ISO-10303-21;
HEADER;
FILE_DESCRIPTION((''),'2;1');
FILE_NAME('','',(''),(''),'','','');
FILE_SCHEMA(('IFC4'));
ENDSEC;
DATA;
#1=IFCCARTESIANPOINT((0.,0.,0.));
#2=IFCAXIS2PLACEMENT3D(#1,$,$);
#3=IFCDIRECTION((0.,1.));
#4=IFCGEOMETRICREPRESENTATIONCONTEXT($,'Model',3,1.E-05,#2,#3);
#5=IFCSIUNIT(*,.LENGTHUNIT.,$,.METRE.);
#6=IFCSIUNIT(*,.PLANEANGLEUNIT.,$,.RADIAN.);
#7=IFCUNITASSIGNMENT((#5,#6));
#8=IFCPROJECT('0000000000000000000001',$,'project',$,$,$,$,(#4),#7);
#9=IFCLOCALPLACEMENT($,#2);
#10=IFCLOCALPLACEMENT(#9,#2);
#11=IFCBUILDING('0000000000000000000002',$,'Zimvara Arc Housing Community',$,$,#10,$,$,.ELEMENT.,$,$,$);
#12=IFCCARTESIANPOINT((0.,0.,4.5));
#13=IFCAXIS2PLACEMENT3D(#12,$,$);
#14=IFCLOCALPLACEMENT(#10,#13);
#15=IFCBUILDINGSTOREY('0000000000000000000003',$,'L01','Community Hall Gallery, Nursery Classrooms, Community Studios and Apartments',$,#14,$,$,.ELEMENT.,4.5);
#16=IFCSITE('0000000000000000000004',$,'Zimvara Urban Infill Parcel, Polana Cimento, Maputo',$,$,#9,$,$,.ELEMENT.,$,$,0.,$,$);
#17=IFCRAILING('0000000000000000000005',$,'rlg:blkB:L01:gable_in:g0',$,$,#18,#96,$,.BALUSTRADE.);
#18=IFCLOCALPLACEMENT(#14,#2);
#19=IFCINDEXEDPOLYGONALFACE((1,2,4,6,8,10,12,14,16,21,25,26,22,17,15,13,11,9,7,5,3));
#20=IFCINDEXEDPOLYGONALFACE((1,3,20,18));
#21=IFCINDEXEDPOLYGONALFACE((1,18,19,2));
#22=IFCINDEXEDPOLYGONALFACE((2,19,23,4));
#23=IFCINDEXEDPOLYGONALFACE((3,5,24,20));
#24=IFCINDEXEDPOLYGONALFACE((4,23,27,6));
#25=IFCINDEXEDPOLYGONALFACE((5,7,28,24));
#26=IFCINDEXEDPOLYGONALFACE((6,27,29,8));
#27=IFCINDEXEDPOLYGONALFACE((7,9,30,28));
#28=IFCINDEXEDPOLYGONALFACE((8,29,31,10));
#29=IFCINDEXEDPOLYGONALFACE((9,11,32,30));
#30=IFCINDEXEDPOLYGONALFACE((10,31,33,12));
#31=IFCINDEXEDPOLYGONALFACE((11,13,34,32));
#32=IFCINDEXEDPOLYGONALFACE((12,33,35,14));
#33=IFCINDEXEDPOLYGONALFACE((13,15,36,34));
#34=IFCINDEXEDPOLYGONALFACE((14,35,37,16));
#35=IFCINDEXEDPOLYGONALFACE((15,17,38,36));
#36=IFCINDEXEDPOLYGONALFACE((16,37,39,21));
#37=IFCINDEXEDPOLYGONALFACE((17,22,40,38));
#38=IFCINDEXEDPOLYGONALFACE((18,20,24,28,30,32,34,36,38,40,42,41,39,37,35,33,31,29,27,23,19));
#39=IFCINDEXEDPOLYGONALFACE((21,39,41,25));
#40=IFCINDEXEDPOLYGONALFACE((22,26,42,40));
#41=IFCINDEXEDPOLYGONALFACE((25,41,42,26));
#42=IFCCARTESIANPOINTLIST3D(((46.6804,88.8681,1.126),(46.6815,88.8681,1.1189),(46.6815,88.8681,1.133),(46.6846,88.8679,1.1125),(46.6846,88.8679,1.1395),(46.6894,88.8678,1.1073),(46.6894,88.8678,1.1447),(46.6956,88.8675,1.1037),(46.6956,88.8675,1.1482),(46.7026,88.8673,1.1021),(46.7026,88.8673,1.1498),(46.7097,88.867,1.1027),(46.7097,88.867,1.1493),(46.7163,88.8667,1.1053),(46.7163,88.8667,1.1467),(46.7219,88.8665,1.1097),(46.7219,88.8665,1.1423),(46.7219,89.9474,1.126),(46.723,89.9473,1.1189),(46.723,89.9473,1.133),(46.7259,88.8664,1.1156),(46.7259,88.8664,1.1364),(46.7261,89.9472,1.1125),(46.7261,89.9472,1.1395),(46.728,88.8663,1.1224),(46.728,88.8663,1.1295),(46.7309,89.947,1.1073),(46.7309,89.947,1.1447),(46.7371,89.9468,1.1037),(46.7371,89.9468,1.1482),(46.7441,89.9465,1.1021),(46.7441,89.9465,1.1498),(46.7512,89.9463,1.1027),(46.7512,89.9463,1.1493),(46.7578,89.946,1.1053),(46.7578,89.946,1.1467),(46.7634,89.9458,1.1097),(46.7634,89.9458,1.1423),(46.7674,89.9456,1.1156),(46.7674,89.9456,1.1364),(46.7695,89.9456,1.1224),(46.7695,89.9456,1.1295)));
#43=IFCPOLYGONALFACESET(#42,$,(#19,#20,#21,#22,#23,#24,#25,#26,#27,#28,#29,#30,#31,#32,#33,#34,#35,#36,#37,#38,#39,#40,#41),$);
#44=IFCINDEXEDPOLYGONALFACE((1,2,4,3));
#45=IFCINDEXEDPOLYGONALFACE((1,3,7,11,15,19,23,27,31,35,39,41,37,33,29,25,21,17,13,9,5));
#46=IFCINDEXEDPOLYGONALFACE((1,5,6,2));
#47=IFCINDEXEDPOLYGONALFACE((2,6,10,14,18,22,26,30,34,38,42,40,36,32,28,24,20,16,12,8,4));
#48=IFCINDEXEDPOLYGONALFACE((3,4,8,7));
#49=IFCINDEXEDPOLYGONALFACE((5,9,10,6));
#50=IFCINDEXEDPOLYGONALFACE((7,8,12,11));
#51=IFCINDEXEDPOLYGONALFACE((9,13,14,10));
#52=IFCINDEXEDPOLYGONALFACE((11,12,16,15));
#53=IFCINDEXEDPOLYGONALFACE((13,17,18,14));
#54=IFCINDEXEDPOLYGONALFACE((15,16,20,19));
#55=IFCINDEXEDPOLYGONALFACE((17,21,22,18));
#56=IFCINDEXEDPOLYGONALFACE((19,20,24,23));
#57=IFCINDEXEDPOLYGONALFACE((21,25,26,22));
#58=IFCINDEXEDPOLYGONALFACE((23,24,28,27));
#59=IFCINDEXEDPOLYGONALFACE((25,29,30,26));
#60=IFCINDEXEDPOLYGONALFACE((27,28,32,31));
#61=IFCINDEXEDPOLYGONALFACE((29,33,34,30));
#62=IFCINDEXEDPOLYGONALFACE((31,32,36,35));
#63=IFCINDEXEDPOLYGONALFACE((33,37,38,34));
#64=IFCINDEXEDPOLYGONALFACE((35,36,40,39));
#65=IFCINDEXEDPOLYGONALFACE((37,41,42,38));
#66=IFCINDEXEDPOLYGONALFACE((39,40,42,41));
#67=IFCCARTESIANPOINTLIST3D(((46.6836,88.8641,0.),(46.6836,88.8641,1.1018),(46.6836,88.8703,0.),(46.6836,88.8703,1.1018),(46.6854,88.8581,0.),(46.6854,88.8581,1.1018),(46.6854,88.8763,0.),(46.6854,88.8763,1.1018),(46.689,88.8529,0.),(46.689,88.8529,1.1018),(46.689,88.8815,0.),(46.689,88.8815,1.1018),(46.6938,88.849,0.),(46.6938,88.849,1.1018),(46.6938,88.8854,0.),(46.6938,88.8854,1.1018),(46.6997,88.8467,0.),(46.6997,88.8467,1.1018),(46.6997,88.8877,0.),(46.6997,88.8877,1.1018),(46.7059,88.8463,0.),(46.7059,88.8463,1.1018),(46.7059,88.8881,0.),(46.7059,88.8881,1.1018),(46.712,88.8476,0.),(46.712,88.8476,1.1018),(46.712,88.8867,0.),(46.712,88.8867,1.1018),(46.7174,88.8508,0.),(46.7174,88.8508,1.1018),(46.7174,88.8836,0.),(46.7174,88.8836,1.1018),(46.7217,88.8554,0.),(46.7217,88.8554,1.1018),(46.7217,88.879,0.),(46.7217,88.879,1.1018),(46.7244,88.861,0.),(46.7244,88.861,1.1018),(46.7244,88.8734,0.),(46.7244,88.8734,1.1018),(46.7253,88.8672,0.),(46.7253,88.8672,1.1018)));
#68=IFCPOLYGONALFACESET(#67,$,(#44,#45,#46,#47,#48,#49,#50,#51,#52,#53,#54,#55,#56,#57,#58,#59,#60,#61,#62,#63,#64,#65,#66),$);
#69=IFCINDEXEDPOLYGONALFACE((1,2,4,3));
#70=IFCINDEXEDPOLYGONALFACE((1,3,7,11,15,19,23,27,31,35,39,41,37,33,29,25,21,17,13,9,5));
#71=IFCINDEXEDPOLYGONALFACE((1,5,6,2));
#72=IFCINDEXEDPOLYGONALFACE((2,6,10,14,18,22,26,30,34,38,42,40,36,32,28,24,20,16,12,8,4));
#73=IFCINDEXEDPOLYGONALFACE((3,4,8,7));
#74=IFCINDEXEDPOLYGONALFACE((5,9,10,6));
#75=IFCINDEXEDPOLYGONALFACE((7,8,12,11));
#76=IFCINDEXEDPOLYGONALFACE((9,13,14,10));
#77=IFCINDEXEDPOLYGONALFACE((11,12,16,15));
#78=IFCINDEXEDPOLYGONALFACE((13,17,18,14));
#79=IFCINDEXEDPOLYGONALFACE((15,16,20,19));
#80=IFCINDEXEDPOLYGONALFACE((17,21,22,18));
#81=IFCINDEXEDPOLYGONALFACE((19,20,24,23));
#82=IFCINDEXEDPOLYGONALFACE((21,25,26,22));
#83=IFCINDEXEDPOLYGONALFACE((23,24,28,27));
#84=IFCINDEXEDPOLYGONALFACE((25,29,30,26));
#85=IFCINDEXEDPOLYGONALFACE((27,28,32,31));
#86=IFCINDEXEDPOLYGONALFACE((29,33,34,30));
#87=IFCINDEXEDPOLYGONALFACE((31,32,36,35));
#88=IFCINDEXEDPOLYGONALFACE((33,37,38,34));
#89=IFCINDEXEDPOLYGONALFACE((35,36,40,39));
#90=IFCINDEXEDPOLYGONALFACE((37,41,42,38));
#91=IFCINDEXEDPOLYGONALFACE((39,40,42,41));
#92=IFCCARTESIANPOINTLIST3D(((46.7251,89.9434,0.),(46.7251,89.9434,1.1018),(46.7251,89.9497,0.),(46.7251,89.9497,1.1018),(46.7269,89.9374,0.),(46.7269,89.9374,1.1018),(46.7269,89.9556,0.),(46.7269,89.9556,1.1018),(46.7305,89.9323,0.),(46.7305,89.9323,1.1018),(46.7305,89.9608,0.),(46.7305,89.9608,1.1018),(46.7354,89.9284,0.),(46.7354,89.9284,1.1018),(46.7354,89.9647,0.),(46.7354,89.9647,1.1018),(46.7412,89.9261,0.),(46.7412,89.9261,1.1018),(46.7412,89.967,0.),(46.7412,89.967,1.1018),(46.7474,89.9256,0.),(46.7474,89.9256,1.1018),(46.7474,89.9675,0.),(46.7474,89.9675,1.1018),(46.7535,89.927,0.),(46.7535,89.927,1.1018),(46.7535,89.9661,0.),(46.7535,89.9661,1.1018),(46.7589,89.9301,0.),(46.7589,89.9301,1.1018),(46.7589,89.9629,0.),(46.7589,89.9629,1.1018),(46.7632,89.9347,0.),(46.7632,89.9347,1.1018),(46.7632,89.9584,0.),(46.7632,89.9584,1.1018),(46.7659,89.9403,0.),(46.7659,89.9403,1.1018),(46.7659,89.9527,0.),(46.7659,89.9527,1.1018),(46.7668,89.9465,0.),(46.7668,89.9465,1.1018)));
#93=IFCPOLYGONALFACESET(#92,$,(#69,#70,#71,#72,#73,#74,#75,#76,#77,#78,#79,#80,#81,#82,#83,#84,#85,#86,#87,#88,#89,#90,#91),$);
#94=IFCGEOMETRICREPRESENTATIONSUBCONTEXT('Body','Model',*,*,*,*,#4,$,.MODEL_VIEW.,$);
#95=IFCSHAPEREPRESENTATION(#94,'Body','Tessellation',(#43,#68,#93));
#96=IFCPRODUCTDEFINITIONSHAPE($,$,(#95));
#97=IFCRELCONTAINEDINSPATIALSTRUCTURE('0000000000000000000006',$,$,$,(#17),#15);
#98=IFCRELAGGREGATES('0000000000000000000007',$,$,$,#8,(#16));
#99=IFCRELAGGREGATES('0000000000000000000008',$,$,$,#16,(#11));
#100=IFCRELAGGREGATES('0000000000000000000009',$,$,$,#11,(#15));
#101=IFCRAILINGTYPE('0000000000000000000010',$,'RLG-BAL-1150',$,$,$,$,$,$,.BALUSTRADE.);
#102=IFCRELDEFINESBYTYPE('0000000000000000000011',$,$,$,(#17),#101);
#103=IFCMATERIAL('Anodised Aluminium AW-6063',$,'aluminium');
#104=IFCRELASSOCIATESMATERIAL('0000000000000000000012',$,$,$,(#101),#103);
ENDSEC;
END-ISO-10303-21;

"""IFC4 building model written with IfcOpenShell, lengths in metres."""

from ifc_helpers import new_model, si_unit, direction, frame, origin, origin_2d, place, context, subcontext, project, spatial, circle, extrude, material, type_object, element, save


model = new_model("IFC4")

# Units and contexts
model_context = context("Model", 3, precision=1e-05, world=origin(), true_north=direction((0.0, 1.0)))
body_context = subcontext(model_context, "Body", "Model", "MODEL_VIEW")
ifc_project = project(units=[si_unit("LENGTHUNIT", "METRE"), si_unit("PLANEANGLEUNIT", "RADIAN")], contexts=[model_context])

# Site, building, storey
site_placement = place(None, origin())
site = spatial("IfcSite", under=ifc_project, at=site_placement, Name="Zimvara Urban Infill Parcel, Polana Cimento, Maputo", CompositionType="ELEMENT", RefElevation=0.0)
building_placement = place(site_placement, origin())
building = spatial("IfcBuilding", under=site, at=building_placement, Name="Zimvara Arc Housing Community", CompositionType="ELEMENT")
storey_placement = place(building_placement, frame((0.0, 0.0, 4.5)))
storey = spatial("IfcBuildingStorey", under=building, at=storey_placement, Name="L01", Description="Community Hall Gallery, Nursery Classrooms, Community Studios and Apartments", CompositionType="ELEMENT", Elevation=4.5)

# Railing
ifc_material_1 = material(Name="Anodised Aluminium AW-6063", Category="aluminium")
railing_type = type_object("IfcRailingType", Name="RLG-BAL-1150", PredefinedType="BALUSTRADE", material=ifc_material_1)
railing_1_placement = place(storey_placement, frame((46.7043, 88.8672, 0.0)))
element("IfcRailing", 1, at=railing_1_placement, inside=storey, type_object=railing_type, Name="rlg:blkB:L01:gable_in:g0", PredefinedType="BALUSTRADE", context=body_context, shape_type="SweptSolid", body=[
    extrude(circle(Radius=0.0239, at=origin_2d()), frame((0.0, 0.0, 1.126), z_axis=(0.038424, 0.999262, 0.0), x_axis=(-0.999262, 0.038424, 0.0)), (0.0, 0.0, 1.0), 1.0801),
    extrude(circle(Radius=0.021, at=origin_2d()), origin(), (0.0, 0.0, 1.0), 1.1018),
    extrude(circle(Radius=0.021, at=origin_2d()), frame((0.0415, 1.0793, 0.0)), (0.0, 0.0, 1.0), 1.1018),
])

save(model, "model.ifc")
